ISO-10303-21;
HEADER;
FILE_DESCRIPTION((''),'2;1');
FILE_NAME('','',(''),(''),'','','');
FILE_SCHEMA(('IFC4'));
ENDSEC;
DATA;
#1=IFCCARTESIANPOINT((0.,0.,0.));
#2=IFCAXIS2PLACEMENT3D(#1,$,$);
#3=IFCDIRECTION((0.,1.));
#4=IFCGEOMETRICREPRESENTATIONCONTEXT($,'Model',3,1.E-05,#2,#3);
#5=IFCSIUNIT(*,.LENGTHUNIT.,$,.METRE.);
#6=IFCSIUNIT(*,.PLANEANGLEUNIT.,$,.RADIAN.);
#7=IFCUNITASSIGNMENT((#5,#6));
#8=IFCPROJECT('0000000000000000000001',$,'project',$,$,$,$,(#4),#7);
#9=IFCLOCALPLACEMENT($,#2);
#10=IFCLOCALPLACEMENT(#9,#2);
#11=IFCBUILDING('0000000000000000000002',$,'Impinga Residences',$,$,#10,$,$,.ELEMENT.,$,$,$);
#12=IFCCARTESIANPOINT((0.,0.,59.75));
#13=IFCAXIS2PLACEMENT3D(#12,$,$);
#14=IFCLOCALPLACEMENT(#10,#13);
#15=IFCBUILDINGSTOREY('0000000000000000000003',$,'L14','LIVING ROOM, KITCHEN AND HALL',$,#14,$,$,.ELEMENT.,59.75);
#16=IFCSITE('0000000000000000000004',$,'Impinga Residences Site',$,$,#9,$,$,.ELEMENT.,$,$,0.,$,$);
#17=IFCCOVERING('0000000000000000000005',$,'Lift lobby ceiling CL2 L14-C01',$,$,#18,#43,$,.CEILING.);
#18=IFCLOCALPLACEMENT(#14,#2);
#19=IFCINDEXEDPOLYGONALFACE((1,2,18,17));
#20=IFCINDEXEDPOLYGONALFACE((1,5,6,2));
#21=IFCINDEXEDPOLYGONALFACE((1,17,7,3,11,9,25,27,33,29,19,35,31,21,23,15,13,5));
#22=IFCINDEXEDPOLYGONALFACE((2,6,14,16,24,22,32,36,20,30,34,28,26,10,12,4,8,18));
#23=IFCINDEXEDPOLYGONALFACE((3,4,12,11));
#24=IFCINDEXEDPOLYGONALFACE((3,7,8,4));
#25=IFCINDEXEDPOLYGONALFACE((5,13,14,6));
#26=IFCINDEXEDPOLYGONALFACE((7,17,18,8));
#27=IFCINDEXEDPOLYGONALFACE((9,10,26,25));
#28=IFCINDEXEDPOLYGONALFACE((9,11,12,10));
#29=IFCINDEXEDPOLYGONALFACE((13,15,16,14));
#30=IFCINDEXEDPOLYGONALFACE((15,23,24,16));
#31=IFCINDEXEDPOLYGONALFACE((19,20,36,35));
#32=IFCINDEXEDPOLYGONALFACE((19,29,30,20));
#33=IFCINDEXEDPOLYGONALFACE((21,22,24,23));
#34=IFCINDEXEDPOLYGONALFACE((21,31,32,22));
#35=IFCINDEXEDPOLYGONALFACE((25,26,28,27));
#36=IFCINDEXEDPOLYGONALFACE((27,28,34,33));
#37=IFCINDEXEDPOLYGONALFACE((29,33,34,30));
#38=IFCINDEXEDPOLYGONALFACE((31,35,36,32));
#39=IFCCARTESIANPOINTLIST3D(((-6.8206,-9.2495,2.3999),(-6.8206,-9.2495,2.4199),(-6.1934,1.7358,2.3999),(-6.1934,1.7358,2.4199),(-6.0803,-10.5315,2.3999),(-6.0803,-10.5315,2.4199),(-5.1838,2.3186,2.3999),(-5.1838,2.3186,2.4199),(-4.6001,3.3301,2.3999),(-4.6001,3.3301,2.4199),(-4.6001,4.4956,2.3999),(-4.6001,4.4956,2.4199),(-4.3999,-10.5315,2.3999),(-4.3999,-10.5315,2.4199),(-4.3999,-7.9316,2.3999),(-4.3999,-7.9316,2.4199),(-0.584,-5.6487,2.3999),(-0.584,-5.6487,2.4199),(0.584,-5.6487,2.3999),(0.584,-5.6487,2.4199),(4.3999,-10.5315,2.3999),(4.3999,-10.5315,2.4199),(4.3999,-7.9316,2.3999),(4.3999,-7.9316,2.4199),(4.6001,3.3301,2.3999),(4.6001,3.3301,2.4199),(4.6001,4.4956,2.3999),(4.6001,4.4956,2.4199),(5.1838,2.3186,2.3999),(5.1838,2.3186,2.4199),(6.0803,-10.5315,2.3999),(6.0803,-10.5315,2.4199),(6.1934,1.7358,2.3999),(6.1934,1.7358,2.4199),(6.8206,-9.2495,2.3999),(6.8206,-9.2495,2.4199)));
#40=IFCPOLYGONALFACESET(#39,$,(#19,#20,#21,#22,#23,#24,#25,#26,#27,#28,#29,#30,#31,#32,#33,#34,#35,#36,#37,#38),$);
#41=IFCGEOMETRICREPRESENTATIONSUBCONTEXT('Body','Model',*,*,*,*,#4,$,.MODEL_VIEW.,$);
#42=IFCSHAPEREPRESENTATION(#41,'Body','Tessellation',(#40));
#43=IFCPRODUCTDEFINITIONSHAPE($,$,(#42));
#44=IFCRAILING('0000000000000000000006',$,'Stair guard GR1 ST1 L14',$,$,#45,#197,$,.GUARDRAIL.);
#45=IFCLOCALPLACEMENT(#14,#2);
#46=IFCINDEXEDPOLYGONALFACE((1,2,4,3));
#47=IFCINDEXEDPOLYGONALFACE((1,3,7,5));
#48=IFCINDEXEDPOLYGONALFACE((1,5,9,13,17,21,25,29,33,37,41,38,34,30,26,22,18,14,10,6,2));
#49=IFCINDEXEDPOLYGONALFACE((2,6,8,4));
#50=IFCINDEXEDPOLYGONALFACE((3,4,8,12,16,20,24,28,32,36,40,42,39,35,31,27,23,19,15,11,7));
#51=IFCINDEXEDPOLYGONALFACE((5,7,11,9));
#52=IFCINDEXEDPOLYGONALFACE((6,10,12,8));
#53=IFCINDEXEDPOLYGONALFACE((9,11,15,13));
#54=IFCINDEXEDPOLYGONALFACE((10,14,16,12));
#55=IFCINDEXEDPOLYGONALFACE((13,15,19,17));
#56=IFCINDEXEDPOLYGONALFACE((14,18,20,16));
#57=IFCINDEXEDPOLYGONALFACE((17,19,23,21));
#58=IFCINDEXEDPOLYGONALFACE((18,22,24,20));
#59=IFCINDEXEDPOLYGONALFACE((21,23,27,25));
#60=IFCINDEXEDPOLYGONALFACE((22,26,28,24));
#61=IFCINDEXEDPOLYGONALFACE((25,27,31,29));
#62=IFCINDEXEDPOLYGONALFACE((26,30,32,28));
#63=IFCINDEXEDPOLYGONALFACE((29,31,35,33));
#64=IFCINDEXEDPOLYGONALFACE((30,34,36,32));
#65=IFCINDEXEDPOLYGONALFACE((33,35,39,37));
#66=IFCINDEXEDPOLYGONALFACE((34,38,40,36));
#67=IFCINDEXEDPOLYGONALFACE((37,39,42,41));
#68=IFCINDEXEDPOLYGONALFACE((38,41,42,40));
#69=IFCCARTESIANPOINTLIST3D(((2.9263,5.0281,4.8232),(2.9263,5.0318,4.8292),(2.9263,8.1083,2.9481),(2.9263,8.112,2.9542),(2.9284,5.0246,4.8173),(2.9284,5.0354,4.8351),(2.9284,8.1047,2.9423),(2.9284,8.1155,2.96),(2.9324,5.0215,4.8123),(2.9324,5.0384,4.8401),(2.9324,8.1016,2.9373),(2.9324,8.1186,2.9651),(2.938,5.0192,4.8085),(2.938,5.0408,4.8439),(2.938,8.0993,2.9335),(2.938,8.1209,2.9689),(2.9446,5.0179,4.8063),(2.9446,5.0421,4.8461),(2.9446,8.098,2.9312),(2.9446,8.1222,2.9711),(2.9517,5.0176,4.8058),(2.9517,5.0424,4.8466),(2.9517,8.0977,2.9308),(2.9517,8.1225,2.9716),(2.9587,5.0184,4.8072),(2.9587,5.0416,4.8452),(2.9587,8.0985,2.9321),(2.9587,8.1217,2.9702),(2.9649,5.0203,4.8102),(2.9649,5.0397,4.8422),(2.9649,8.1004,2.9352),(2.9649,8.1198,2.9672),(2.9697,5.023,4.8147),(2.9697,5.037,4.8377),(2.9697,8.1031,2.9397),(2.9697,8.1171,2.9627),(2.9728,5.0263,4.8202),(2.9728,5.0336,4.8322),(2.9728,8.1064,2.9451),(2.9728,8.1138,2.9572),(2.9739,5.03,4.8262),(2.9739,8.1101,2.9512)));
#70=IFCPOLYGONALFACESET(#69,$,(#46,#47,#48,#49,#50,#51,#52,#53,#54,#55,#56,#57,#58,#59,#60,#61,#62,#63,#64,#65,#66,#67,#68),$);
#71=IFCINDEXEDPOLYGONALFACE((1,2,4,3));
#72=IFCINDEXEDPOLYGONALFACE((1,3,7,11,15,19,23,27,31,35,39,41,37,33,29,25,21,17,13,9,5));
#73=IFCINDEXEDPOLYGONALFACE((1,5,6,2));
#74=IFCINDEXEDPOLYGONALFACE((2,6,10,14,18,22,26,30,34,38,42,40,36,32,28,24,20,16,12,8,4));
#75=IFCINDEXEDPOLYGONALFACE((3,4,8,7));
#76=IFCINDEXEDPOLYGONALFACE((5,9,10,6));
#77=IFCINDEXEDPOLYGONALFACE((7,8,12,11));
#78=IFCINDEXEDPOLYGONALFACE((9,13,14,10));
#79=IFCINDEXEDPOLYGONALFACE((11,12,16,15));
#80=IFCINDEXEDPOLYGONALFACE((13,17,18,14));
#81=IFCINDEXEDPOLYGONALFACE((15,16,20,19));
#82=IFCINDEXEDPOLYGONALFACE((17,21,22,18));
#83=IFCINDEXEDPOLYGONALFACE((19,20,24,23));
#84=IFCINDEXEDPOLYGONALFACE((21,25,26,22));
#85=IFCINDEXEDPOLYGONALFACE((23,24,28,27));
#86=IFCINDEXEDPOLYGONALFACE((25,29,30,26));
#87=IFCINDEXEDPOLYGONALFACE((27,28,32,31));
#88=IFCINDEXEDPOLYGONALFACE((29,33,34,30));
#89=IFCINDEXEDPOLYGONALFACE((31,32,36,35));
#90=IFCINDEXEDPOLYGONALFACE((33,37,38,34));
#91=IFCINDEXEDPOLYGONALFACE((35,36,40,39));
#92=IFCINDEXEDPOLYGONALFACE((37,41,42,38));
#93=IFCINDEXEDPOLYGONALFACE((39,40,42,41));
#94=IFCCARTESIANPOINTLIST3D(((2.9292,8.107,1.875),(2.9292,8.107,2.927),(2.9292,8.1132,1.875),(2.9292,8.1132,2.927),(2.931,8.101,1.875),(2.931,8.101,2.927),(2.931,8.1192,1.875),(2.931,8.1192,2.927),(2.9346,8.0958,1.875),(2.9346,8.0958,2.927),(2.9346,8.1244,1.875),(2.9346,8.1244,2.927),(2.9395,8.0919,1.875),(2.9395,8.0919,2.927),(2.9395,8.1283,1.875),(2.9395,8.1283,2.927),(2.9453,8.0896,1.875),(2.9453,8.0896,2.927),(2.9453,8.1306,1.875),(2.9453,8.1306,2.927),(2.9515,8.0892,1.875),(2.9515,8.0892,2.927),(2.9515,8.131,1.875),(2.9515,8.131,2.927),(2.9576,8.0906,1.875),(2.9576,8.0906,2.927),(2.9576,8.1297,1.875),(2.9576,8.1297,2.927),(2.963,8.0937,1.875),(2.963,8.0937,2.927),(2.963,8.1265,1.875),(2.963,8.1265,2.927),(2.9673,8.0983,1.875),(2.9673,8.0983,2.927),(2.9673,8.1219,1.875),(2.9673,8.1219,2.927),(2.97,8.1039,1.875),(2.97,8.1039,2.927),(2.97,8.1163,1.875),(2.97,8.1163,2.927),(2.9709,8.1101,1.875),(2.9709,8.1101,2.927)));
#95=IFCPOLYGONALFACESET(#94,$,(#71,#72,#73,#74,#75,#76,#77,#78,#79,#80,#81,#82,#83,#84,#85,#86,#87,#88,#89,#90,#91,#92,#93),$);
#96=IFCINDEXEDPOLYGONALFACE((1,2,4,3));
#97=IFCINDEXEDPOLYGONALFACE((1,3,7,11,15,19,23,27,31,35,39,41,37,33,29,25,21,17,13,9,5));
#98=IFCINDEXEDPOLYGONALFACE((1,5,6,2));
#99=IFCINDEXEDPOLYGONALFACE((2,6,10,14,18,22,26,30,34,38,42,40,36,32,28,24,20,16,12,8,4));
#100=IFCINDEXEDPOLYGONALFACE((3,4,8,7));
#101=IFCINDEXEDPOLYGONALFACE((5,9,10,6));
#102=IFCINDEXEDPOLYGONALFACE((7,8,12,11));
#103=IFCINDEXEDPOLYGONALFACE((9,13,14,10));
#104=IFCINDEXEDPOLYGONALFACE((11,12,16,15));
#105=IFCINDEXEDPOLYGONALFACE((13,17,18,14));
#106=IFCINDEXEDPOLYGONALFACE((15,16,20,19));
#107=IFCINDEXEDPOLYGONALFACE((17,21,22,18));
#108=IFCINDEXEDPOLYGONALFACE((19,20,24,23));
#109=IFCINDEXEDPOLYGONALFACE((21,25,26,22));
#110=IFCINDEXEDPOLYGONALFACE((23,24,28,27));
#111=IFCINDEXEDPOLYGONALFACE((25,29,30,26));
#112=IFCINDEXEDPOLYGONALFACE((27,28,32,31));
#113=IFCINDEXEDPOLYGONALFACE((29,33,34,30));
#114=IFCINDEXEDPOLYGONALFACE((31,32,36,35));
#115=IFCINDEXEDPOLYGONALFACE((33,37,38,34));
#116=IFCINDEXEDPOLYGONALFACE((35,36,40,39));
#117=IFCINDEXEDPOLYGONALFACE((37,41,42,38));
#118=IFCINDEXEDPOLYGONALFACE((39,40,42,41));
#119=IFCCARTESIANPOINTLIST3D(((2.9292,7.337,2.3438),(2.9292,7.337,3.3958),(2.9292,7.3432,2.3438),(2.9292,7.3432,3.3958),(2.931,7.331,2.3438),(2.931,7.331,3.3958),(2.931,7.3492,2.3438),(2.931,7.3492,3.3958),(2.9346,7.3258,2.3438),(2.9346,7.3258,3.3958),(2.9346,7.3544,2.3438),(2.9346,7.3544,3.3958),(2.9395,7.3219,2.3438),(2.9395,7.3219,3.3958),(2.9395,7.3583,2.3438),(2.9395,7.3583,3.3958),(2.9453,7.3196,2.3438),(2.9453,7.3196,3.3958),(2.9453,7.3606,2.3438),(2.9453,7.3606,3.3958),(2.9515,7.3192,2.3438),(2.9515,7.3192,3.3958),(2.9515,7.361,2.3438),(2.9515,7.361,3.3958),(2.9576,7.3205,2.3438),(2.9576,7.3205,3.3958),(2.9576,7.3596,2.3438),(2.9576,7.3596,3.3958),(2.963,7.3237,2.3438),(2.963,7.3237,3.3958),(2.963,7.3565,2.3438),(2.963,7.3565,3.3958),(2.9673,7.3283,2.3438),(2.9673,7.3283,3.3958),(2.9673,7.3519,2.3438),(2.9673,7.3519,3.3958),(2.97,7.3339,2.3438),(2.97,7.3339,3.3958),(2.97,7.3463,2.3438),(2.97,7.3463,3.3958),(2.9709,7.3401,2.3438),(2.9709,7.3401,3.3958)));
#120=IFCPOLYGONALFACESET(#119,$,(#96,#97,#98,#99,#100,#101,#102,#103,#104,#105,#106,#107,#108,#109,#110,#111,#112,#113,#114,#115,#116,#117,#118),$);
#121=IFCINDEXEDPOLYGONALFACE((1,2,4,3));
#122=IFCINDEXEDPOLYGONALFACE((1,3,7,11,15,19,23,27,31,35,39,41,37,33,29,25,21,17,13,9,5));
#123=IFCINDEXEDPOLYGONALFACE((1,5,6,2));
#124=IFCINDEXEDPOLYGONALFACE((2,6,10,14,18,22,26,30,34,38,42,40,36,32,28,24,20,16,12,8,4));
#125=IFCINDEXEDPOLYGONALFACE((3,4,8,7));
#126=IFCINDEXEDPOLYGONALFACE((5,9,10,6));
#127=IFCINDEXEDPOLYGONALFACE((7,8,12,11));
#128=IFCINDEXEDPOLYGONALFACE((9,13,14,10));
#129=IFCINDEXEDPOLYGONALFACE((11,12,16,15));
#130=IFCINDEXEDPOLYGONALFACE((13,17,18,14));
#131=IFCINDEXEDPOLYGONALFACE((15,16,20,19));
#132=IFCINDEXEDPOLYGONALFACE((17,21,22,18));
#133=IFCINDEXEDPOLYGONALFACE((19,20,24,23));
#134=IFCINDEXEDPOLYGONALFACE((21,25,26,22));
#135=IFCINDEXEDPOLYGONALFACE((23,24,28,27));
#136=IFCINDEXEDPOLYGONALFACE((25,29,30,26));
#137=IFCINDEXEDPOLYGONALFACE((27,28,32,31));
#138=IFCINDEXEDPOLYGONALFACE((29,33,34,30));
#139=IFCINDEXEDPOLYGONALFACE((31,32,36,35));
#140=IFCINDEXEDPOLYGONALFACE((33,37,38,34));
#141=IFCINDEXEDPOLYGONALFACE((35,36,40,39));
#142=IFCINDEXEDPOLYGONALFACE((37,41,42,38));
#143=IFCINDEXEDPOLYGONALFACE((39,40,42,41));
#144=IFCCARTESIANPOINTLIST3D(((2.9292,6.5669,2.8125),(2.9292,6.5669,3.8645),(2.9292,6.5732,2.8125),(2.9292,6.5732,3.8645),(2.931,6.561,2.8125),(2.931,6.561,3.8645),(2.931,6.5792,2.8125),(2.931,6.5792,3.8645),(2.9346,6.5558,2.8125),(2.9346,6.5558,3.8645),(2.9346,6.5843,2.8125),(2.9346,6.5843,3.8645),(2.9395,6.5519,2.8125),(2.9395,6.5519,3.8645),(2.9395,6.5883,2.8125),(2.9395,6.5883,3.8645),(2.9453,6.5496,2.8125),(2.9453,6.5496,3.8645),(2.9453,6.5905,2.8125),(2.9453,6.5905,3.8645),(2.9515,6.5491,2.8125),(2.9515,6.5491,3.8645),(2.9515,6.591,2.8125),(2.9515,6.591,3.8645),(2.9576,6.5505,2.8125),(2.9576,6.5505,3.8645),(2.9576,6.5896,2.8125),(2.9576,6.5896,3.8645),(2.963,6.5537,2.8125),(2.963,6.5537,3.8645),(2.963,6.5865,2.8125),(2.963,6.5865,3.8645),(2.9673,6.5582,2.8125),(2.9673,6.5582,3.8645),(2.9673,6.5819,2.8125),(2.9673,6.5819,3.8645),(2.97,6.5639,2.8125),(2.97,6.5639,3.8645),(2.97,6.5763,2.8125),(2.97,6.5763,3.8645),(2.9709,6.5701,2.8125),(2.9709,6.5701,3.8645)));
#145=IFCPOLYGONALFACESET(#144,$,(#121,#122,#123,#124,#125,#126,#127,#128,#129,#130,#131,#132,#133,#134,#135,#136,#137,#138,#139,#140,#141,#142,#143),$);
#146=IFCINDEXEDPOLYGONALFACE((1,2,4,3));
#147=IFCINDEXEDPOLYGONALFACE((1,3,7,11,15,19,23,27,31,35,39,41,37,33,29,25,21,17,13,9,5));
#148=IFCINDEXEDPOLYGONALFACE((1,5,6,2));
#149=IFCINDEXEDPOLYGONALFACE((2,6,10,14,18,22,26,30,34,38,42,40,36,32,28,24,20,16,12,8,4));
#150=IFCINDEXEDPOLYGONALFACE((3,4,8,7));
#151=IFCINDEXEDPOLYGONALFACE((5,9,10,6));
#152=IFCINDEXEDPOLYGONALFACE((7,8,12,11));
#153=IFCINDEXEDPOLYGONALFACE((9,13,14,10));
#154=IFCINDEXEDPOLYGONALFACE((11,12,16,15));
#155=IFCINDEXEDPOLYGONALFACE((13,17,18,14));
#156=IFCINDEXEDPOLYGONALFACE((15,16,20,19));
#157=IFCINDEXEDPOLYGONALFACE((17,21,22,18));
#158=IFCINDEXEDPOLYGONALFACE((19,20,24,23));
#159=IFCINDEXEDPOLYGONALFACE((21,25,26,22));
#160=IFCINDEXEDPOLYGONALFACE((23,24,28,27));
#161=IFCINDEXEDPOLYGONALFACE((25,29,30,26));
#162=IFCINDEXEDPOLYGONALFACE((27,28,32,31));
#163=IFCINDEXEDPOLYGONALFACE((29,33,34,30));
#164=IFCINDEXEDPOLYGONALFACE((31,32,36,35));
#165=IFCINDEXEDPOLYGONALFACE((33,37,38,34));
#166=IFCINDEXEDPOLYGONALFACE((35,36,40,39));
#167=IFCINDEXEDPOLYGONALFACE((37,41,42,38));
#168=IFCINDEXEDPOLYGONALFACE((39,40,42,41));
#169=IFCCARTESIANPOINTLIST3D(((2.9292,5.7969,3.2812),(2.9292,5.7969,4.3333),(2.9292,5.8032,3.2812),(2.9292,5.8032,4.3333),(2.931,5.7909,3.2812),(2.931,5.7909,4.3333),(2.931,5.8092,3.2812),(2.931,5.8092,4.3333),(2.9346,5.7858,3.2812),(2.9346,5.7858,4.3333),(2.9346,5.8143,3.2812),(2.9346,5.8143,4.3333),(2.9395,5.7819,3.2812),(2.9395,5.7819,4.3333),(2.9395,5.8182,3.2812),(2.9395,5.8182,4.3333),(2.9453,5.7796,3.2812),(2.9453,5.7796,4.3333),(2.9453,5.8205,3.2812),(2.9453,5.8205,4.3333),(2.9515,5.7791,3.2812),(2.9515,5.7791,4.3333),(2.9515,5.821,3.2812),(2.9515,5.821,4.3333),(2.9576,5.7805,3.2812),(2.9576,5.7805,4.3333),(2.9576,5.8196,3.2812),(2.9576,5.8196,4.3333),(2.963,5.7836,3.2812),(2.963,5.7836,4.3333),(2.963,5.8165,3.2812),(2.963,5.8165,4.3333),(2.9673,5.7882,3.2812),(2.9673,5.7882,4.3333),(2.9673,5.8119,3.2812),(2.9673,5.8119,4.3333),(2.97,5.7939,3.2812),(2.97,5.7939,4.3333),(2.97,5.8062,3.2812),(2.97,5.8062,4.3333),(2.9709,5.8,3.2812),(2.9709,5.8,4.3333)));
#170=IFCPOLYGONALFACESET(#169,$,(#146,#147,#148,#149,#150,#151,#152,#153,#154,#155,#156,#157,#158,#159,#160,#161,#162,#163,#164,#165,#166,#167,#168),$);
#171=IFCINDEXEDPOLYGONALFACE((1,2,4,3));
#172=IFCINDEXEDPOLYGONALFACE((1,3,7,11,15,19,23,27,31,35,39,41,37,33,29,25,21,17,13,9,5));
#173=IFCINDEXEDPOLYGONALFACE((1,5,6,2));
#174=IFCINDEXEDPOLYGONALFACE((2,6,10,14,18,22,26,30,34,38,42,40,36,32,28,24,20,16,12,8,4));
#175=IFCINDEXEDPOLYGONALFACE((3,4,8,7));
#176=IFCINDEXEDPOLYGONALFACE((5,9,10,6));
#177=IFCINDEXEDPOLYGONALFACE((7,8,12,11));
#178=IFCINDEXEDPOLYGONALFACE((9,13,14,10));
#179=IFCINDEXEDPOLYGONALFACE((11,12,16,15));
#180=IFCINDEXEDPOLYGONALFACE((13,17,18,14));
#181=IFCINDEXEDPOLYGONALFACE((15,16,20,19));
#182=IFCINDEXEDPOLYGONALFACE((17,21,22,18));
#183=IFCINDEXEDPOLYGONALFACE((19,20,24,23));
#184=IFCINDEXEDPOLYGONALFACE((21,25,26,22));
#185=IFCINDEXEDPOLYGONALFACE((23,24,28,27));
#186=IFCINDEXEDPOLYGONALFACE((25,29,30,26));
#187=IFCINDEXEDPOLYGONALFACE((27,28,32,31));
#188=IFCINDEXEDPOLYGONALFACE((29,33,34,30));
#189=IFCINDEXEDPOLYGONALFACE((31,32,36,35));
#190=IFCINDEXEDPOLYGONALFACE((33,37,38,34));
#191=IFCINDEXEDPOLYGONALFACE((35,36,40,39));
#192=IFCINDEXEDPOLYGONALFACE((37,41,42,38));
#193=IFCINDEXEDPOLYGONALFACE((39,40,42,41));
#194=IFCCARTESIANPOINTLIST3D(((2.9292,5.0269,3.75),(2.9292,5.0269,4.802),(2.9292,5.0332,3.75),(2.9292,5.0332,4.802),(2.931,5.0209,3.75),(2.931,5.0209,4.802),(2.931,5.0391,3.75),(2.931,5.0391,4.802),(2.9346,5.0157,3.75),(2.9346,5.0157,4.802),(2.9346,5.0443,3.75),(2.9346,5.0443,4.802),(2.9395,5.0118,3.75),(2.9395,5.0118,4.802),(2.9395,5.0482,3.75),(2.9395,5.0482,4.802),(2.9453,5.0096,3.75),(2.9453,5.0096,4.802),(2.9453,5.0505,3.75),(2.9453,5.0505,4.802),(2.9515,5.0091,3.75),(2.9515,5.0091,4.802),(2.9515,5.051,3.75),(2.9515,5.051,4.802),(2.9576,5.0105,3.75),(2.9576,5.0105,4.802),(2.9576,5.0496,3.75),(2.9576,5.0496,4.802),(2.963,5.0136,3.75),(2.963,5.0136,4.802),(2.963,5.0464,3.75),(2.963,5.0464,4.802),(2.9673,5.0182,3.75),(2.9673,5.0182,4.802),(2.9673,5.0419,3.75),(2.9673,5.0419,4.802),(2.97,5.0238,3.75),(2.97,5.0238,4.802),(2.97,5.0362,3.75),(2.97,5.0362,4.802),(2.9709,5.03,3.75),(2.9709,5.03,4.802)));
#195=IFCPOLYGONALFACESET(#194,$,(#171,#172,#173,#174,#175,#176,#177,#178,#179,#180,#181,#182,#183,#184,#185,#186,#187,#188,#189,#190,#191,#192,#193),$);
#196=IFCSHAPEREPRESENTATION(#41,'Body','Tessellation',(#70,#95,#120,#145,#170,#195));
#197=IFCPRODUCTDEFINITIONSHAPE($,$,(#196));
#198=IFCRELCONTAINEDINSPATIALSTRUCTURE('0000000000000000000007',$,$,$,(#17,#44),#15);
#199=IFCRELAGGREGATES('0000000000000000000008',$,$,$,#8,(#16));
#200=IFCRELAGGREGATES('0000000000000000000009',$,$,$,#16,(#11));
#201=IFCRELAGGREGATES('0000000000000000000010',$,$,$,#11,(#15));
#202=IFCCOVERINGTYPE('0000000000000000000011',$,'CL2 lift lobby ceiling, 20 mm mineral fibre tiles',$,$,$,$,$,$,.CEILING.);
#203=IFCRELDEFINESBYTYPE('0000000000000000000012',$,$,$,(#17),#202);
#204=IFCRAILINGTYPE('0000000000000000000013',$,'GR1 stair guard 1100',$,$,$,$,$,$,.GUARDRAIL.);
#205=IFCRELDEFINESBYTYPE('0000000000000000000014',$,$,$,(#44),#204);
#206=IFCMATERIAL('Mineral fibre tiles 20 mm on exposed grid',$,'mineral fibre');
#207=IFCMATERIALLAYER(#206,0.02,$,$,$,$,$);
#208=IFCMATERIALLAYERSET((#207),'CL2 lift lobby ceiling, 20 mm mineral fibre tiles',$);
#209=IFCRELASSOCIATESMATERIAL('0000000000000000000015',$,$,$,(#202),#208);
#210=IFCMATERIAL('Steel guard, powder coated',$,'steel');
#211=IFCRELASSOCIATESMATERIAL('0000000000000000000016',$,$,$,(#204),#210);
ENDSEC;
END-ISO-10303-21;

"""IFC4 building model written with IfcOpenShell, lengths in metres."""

from ifc_helpers import new_model, si_unit, direction, frame, origin, origin_2d, place, context, subcontext, project, spatial, polyline, circle, outline, extrude, material, layer, layer_set, type_object, element, save


model = new_model("IFC4")

# Units and contexts
model_context = context("Model", 3, precision=1e-05, world=origin(), true_north=direction((0.0, 1.0)))
body_context = subcontext(model_context, "Body", "Model", "MODEL_VIEW")
ifc_project = project(units=[si_unit("LENGTHUNIT", "METRE"), si_unit("PLANEANGLEUNIT", "RADIAN")], contexts=[model_context])

# Site, building, storey
site_placement = place(None, origin())
site = spatial("IfcSite", under=ifc_project, at=site_placement, Name="Impinga Residences Site", CompositionType="ELEMENT", RefElevation=0.0)
building_placement = place(site_placement, origin())
building = spatial("IfcBuilding", under=site, at=building_placement, Name="Impinga Residences", CompositionType="ELEMENT")
storey_placement = place(building_placement, frame((0.0, 0.0, 59.75)))
storey = spatial("IfcBuildingStorey", under=building, at=storey_placement, Name="L14", Description="LIVING ROOM, KITCHEN AND HALL", CompositionType="ELEMENT", Elevation=59.75)

# Covering
ifc_material_1 = material(Name="Mineral fibre tiles 20 mm on exposed grid", Category="mineral fibre")
ifc_layer_1 = layer(ifc_material_1, 0.02)
ifc_layer_set_1 = layer_set([ifc_layer_1], Name="CL2 lift lobby ceiling, 20 mm mineral fibre tiles")
covering_type_1 = type_object("IfcCoveringType", Name="CL2 lift lobby ceiling, 20 mm mineral fibre tiles", PredefinedType="CEILING", material=ifc_layer_set_1)
covering_1_placement = place(storey_placement, frame((0.0, 0.0, 2.3999)))
element("IfcCovering", 1, at=covering_1_placement, inside=storey, type_object=covering_type_1, Name="Lift lobby ceiling CL2 L14-C01", PredefinedType="CEILING", context=body_context, shape_type="SweptSolid", body=[
    extrude(outline(polyline([(6.0803, -10.5315), (4.3999, -10.5315), (4.3999, -7.9316), (-4.3999, -7.9316), (-4.3999, -10.5315), (-6.0803, -10.5315), (-6.8206, -9.2495), (-0.584, -5.6487), (-5.1838, 2.3186), (-6.1934, 1.7358), (-4.6001, 4.4956), (-4.6001, 3.3301), (4.6001, 3.3301), (4.6001, 4.4956), (6.1934, 1.7358), (5.1838, 2.3186), (0.584, -5.6487), (6.8206, -9.2495), (6.0803, -10.5315)])), origin(), (0.0, 0.0, 1.0), 0.02),
])

# Railing
ifc_material_2 = material(Name="Steel guard, powder coated", Category="steel")
railing_type_1 = type_object("IfcRailingType", Name="GR1 stair guard 1100", PredefinedType="GUARDRAIL", material=ifc_material_2)
railing_1_placement = place(storey_placement, frame((2.95, 8.1101, 1.875)))
element("IfcRailing", 2, at=railing_1_placement, inside=storey, type_object=railing_type_1, Name="Stair guard GR1 ST1 L14", PredefinedType="GUARDRAIL", context=body_context, shape_type="SweptSolid", body=[
    extrude(circle(Radius=0.0239, at=origin_2d()), frame((0.0, 0.0, 1.0762), z_axis=(0.0, -0.854178, 0.519981), x_axis=(1.0, 0.0, 0.0)), (0.0, 0.0, 1.0), 3.606),
    extrude(circle(Radius=0.021, at=origin_2d()), origin(), (0.0, 0.0, 1.0), 1.052),
    extrude(circle(Radius=0.021, at=origin_2d()), frame((0.0, -0.77, 0.4688)), (0.0, 0.0, 1.0), 1.052),
    extrude(circle(Radius=0.021, at=origin_2d()), frame((0.0, -1.54, 0.9375)), (0.0, 0.0, 1.0), 1.052),
    extrude(circle(Radius=0.021, at=origin_2d()), frame((0.0, -2.3101, 1.4062)), (0.0, 0.0, 1.0), 1.052),
    extrude(circle(Radius=0.021, at=origin_2d()), frame((0.0, -3.0801, 1.875)), (0.0, 0.0, 1.0), 1.052),
])

save(model, "model.ifc")
